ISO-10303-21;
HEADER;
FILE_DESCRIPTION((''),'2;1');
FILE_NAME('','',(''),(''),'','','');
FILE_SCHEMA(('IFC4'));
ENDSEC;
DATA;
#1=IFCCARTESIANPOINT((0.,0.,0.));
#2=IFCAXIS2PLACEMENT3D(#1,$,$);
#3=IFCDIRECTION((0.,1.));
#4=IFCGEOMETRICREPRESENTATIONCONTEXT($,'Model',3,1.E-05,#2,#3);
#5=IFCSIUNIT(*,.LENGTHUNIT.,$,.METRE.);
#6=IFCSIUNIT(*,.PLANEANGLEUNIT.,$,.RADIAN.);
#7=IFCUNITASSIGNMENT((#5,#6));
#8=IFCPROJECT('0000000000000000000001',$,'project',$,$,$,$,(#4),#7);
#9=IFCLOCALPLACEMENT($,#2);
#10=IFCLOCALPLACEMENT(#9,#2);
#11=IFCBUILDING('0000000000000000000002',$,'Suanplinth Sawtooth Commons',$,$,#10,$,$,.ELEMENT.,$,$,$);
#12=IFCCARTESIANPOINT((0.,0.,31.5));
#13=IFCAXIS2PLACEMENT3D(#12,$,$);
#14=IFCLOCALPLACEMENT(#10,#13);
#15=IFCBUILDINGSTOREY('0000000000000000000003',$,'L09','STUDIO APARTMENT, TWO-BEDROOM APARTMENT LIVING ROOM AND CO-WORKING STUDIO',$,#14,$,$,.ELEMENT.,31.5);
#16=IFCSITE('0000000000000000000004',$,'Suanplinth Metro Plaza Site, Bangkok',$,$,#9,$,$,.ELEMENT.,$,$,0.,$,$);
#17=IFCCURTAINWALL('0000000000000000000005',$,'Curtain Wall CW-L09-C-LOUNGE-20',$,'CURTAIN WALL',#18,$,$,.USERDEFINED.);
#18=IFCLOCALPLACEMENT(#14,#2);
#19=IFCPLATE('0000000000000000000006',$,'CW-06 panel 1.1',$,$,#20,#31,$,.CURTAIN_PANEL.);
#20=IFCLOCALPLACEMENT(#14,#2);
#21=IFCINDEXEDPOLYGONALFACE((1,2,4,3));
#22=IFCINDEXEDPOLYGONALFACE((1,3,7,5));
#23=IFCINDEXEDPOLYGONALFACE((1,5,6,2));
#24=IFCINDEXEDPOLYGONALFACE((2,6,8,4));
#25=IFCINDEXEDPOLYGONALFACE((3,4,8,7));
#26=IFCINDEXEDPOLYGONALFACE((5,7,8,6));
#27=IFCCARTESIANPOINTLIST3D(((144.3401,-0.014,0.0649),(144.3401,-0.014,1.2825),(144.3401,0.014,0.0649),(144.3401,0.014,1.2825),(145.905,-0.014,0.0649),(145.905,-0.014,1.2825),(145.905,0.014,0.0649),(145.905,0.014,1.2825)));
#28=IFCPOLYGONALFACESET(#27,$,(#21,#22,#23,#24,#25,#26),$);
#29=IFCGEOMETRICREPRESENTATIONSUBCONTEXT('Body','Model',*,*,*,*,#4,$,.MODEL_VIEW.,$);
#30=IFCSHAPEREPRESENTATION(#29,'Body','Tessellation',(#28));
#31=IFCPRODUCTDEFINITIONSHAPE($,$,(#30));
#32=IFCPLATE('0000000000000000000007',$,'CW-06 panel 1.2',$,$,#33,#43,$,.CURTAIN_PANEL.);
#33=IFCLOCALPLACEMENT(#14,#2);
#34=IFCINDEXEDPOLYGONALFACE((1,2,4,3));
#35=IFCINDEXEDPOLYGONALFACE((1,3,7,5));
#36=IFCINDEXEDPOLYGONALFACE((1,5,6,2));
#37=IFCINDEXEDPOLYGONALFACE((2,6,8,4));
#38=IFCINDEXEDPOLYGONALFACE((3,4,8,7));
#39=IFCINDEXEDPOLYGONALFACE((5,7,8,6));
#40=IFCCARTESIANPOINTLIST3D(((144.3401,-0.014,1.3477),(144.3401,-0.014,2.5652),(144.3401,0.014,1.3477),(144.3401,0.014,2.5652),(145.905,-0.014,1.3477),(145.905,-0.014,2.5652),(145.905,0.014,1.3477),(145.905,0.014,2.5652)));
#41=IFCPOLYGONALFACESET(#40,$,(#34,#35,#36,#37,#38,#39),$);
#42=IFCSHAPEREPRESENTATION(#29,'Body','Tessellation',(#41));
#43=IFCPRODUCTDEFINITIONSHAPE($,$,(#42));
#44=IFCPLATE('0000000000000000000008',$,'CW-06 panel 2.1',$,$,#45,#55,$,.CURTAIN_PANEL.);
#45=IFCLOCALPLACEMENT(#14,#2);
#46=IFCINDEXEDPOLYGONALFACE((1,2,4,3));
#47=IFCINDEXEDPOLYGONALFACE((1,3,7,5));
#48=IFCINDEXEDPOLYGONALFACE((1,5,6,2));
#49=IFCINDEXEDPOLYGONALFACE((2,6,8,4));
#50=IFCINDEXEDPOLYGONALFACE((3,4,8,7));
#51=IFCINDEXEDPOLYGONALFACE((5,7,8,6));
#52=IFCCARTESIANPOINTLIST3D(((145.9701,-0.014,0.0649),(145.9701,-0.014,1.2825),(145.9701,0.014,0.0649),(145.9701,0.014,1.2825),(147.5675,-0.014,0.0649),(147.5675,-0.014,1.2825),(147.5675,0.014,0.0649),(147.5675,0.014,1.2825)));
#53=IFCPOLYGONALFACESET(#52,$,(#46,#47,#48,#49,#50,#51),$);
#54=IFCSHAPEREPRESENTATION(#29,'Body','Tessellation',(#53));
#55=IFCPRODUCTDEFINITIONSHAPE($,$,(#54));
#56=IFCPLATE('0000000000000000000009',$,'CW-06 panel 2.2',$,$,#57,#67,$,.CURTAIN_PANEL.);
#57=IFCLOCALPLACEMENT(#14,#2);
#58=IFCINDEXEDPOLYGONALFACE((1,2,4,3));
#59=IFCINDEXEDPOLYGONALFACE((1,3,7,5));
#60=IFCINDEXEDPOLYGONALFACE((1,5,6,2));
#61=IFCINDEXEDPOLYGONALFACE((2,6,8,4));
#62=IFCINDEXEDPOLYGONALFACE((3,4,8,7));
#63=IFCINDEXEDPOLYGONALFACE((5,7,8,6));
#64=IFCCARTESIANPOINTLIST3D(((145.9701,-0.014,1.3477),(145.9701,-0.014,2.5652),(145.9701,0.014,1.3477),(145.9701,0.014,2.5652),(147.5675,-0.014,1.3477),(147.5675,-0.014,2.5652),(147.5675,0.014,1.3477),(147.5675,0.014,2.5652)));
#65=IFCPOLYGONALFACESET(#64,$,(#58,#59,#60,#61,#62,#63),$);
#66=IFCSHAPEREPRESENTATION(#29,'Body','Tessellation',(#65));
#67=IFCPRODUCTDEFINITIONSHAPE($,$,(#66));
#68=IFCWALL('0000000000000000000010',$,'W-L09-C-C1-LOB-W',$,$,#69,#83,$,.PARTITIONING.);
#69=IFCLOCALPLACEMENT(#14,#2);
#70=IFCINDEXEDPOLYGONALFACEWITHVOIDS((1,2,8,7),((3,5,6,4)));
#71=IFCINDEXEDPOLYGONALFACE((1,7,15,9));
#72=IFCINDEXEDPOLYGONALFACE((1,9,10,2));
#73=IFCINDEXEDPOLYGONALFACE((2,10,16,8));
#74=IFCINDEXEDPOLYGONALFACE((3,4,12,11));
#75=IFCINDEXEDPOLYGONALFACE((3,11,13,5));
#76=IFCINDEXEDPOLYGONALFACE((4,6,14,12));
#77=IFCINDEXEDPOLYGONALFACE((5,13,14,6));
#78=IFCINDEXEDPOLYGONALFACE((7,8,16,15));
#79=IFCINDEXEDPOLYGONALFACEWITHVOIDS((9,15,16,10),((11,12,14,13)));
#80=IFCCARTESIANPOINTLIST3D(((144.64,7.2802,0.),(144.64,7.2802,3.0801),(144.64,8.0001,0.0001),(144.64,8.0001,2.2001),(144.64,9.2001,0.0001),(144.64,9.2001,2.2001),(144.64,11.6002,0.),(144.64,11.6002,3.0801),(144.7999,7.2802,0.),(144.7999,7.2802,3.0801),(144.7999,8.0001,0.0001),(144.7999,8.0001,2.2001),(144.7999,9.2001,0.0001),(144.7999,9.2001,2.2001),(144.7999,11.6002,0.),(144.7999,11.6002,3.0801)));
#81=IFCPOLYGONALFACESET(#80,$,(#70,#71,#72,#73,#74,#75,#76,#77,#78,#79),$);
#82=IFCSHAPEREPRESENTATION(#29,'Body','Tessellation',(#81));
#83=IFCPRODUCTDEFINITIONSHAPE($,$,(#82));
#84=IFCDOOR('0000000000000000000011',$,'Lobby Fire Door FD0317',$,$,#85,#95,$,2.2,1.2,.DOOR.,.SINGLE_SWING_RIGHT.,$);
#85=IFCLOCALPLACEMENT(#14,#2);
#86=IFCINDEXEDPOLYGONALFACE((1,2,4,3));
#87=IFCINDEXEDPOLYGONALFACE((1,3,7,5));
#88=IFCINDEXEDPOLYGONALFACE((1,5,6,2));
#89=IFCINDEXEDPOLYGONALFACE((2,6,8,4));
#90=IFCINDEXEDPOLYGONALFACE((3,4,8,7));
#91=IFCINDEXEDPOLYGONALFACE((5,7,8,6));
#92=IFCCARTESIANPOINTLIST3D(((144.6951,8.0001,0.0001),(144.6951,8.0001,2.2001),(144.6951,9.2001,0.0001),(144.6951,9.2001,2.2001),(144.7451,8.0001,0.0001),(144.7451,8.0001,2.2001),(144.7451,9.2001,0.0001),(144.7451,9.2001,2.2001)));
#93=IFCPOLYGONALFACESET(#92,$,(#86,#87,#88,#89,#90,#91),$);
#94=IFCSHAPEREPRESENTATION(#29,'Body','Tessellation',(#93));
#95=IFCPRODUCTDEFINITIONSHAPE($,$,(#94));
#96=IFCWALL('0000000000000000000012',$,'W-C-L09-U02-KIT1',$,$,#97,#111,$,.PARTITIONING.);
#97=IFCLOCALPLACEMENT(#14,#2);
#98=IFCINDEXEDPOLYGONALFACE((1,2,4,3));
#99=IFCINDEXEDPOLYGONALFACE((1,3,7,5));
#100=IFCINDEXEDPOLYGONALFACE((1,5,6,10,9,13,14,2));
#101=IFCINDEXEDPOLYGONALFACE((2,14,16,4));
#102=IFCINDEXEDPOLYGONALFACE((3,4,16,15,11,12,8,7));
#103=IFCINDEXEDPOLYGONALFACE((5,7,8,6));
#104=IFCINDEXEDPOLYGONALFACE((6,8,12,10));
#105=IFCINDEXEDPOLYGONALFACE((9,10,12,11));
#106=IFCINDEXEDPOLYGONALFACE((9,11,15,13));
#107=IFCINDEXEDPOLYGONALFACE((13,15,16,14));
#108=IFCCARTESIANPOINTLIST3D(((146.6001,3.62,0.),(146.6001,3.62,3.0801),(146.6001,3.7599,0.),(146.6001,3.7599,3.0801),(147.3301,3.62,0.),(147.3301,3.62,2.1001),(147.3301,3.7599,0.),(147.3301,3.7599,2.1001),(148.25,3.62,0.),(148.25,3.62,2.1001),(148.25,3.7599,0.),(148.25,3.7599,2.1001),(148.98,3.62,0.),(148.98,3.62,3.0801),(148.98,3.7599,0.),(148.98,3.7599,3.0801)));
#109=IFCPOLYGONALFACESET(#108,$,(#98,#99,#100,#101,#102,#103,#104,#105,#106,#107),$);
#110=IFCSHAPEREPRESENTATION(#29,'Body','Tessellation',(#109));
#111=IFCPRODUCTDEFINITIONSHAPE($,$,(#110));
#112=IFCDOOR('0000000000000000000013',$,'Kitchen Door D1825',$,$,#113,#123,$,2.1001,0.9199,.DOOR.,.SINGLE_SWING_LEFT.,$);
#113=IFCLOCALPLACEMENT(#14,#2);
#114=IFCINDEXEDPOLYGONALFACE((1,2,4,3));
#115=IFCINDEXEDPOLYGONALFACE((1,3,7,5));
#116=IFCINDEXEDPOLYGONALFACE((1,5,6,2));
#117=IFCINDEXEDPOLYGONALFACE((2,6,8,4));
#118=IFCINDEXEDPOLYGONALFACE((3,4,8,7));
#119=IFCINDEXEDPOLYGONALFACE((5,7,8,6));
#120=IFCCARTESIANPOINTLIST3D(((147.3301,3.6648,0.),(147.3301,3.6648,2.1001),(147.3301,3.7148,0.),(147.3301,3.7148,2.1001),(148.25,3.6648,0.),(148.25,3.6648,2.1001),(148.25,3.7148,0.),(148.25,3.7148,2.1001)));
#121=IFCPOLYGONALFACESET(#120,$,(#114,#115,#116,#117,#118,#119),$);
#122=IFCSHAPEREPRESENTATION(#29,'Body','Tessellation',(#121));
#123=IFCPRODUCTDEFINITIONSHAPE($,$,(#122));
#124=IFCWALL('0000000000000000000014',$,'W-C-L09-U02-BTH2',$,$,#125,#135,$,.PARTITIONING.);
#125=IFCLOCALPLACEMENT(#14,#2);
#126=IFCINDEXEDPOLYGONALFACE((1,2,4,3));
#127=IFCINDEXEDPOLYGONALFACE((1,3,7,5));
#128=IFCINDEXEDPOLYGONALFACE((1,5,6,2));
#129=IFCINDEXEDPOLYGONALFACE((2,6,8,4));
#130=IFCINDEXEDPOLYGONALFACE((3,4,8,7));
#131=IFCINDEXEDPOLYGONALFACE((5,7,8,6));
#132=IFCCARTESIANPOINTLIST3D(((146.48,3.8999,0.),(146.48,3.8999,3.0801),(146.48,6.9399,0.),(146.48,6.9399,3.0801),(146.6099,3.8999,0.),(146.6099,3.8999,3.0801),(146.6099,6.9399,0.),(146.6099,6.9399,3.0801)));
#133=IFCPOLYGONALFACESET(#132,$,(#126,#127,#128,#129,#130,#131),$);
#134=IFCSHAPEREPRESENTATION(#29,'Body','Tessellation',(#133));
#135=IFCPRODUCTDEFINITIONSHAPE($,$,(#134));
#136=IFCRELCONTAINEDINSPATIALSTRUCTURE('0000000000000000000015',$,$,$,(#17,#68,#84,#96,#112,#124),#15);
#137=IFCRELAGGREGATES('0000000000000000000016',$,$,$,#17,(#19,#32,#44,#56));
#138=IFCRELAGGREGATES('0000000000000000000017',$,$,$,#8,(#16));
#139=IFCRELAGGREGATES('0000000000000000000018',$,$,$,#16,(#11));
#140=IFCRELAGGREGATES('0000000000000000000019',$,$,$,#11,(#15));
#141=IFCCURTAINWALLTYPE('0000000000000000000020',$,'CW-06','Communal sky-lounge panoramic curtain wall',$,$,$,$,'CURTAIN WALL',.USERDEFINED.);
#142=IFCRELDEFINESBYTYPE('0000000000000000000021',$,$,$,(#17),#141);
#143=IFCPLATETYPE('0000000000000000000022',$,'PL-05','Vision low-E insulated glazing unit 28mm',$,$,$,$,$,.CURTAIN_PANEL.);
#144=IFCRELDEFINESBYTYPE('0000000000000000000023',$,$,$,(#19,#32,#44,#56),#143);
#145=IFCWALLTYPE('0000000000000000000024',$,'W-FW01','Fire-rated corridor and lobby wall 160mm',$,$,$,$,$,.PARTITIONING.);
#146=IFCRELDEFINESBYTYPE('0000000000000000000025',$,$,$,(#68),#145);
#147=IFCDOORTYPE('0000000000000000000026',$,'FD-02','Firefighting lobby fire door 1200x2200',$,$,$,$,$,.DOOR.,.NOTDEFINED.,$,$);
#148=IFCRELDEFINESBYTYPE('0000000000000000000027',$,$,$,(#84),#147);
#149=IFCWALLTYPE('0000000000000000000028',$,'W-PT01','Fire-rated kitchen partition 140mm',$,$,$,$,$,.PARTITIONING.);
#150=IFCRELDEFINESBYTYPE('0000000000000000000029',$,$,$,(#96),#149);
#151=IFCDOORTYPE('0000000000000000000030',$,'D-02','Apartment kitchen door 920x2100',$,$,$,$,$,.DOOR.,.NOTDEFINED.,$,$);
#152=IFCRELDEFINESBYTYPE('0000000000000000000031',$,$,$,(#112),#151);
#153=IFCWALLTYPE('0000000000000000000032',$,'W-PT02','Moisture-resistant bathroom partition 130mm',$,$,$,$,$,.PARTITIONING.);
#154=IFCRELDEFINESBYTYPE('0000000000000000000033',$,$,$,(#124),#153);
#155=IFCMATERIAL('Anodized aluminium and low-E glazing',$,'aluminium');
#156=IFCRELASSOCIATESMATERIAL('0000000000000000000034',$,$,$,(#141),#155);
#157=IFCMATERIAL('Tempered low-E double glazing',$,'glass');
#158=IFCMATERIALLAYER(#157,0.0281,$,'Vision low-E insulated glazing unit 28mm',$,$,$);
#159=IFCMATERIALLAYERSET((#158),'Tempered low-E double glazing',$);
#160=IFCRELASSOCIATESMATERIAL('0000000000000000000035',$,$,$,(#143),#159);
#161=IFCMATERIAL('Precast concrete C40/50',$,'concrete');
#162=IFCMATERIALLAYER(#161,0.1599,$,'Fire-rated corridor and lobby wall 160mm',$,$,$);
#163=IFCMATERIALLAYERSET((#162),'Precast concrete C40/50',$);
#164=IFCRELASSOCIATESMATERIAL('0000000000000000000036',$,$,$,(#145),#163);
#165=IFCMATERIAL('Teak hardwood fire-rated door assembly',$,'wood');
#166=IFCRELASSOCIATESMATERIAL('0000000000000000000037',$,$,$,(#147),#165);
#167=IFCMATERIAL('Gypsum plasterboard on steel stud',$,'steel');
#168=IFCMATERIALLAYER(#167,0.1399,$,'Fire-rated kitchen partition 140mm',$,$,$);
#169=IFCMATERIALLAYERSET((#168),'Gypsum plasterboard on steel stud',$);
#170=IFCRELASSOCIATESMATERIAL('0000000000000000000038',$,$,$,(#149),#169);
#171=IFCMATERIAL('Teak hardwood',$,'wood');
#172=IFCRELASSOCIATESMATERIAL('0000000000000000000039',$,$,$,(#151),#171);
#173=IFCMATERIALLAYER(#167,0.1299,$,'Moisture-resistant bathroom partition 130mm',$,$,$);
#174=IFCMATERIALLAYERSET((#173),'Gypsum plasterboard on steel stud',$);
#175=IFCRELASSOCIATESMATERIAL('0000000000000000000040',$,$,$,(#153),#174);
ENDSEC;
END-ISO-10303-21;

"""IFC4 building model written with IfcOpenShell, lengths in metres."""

from ifc_helpers import new_model, si_unit, direction, frame, frame_2d, origin, origin_2d, place, context, subcontext, project, spatial, rectangle, extrude, material, layer, layer_set, type_object, element, fill, aggregate, save


model = new_model("IFC4")

# Units and contexts
model_context = context("Model", 3, precision=1e-05, world=origin(), true_north=direction((0.0, 1.0)))
body_context = subcontext(model_context, "Body", "Model", "MODEL_VIEW")
ifc_project = project(units=[si_unit("LENGTHUNIT", "METRE"), si_unit("PLANEANGLEUNIT", "RADIAN")], contexts=[model_context])

# Site, building, storey
site_placement = place(None, origin())
site = spatial("IfcSite", under=ifc_project, at=site_placement, Name="Suanplinth Metro Plaza Site, Bangkok", CompositionType="ELEMENT", RefElevation=0.0)
building_placement = place(site_placement, origin())
building = spatial("IfcBuilding", under=site, at=building_placement, Name="Suanplinth Sawtooth Commons", CompositionType="ELEMENT")
storey_placement = place(building_placement, frame((0.0, 0.0, 31.5)))
storey = spatial("IfcBuildingStorey", under=building, at=storey_placement, Name="L09", Description="STUDIO APARTMENT, TWO-BEDROOM APARTMENT LIVING ROOM AND CO-WORKING STUDIO", CompositionType="ELEMENT", Elevation=31.5)

# Curtain wall, plates
ifc_material_1 = material(Name="Anodized aluminium and low-E glazing", Category="aluminium")
curtain_wall_type = type_object("IfcCurtainWallType", Name="CW-06", Description="Communal sky-lounge panoramic curtain wall", ElementType="CURTAIN WALL", PredefinedType="USERDEFINED", material=ifc_material_1)
curtain_wall_placement = place(storey_placement, origin())
curtain_wall = element("IfcCurtainWall", 1, at=curtain_wall_placement, inside=storey, type_object=curtain_wall_type, Name="Curtain Wall CW-L09-C-LOUNGE-20", ObjectType="CURTAIN WALL", PredefinedType="USERDEFINED")
ifc_material_2 = material(Name="Tempered low-E double glazing", Category="glass")
ifc_layer_1 = layer(ifc_material_2, 0.0281, Name="Vision low-E insulated glazing unit 28mm")
ifc_layer_set_1 = layer_set([ifc_layer_1], Name="Tempered low-E double glazing")
plate_type = type_object("IfcPlateType", Name="PL-05", Description="Vision low-E insulated glazing unit 28mm", PredefinedType="CURTAIN_PANEL", material=ifc_layer_set_1)
plate_1_placement = place(storey_placement, frame((145.1226, 0.0, 0.0649), z_axis=(0.0, 0.0, 1.0), x_axis=(1.0, 0.0, 0.0)))
plate_1 = element("IfcPlate", 2, at=plate_1_placement, type_object=plate_type, Name="CW-06 panel 1.1", PredefinedType="CURTAIN_PANEL", context=body_context, shape_type="SweptSolid", body=[
    extrude(rectangle(XDim=1.5649, YDim=0.0281, at=origin_2d()), origin(), (0.0, 0.0, 1.0), 1.2175),
])
plate_2_placement = place(storey_placement, frame((145.1226, 0.0, 1.3477), z_axis=(0.0, 0.0, 1.0), x_axis=(1.0, 0.0, 0.0)))
plate_2 = element("IfcPlate", 3, at=plate_2_placement, type_object=plate_type, Name="CW-06 panel 1.2", PredefinedType="CURTAIN_PANEL", context=body_context, shape_type="SweptSolid", body=[
    extrude(rectangle(XDim=1.5649, YDim=0.0281, at=origin_2d()), origin(), (0.0, 0.0, 1.0), 1.2175),
])
plate_3_placement = place(storey_placement, frame((146.7688, 0.0, 0.0649), z_axis=(0.0, 0.0, 1.0), x_axis=(1.0, 0.0, 0.0)))
plate_3 = element("IfcPlate", 4, at=plate_3_placement, type_object=plate_type, Name="CW-06 panel 2.1", PredefinedType="CURTAIN_PANEL", context=body_context, shape_type="SweptSolid", body=[
    extrude(rectangle(XDim=1.5974, YDim=0.0281, at=origin_2d()), origin(), (0.0, 0.0, 1.0), 1.2175),
])
plate_4_placement = place(storey_placement, frame((146.7688, 0.0, 1.3477), z_axis=(0.0, 0.0, 1.0), x_axis=(1.0, 0.0, 0.0)))
plate_4 = element("IfcPlate", 5, at=plate_4_placement, type_object=plate_type, Name="CW-06 panel 2.2", PredefinedType="CURTAIN_PANEL", context=body_context, shape_type="SweptSolid", body=[
    extrude(rectangle(XDim=1.5974, YDim=0.0281, at=origin_2d()), origin(), (0.0, 0.0, 1.0), 1.2175),
])
aggregate(curtain_wall, [plate_1, plate_2, plate_3, plate_4])

# Walls, openings, doors
ifc_material_3 = material(Name="Precast concrete C40/50", Category="concrete")
ifc_layer_2 = layer(ifc_material_3, 0.1599, Name="Fire-rated corridor and lobby wall 160mm")
ifc_layer_set_2 = layer_set([ifc_layer_2], Name="Precast concrete C40/50")
wall_type_1 = type_object("IfcWallType", Name="W-FW01", Description="Fire-rated corridor and lobby wall 160mm", PredefinedType="PARTITIONING", material=ifc_layer_set_2)
wall_1_placement = place(storey_placement, frame((144.72, 7.28, 0.0), z_axis=(0.0, 0.0, 1.0), x_axis=(0.0, 1.0, 0.0)))
wall_1 = element("IfcWall", 6, at=wall_1_placement, inside=storey, type_object=wall_type_1, Name="W-L09-C-C1-LOB-W", PredefinedType="PARTITIONING", context=body_context, shape_type="SweptSolid", body=[
    extrude(rectangle(XDim=4.3201, YDim=0.1599, at=frame_2d((2.1602, 0.0))), origin(), (0.0, 0.0, 1.0), 3.0801),
])
opening_1_placement = place(wall_1_placement, frame((0.72, 0.0, 0.0)))
opening_1 = element("IfcOpeningElement", 7, at=opening_1_placement, cuts=wall_1, PredefinedType="OPENING", context=body_context, shape_type="SweptSolid", body=[
    extrude(rectangle(XDim=1.2, YDim=2.2, at=frame_2d((0.6001, 1.1001))), frame((0.0, 0.0947, 0.0), z_axis=(0.0, -1.0, 0.0), x_axis=(1.0, 0.0, 0.0)), (0.0, 0.0, 1.0), 0.1897),
])
ifc_material_4 = material(Name="Teak hardwood fire-rated door assembly", Category="wood")
door_type_1 = type_object("IfcDoorType", Name="FD-02", Description="Firefighting lobby fire door 1200x2200", OperationType="NOTDEFINED", PredefinedType="DOOR", material=ifc_material_4)
door_1_placement = place(opening_1_placement, origin())
door_1 = element("IfcDoor", 8, at=door_1_placement, inside=storey, type_object=door_type_1, Name="Lobby Fire Door FD0317", OperationType="SINGLE_SWING_RIGHT", OverallHeight=2.2, OverallWidth=1.2, PredefinedType="DOOR", context=body_context, shape_type="SweptSolid", body=[
    extrude(rectangle(XDim=1.2, YDim=2.2, at=frame_2d((0.6001, 1.1001))), frame((0.0, 0.0249, 0.0), z_axis=(0.0, -1.0, 0.0), x_axis=(1.0, 0.0, 0.0)), (0.0, 0.0, 1.0), 0.05),
])
fill(opening_1, door_1)
ifc_material_5 = material(Name="Gypsum plasterboard on steel stud", Category="steel")
ifc_layer_3 = layer(ifc_material_5, 0.1399, Name="Fire-rated kitchen partition 140mm")
ifc_layer_set_3 = layer_set([ifc_layer_3], Name="Gypsum plasterboard on steel stud")
wall_type_2 = type_object("IfcWallType", Name="W-PT01", Description="Fire-rated kitchen partition 140mm", PredefinedType="PARTITIONING", material=ifc_layer_set_3)
wall_2_placement = place(storey_placement, frame((146.6001, 3.6899, 0.0), z_axis=(0.0, 0.0, 1.0), x_axis=(1.0, 0.0, 0.0)))
wall_2 = element("IfcWall", 9, at=wall_2_placement, inside=storey, type_object=wall_type_2, Name="W-C-L09-U02-KIT1", PredefinedType="PARTITIONING", context=body_context, shape_type="SweptSolid", body=[
    extrude(rectangle(XDim=2.3799, YDim=0.1399, at=frame_2d((1.1899, 0.0))), origin(), (0.0, 0.0, 1.0), 3.0801),
])
opening_2_placement = place(wall_2_placement, frame((0.73, 0.0, 0.0)))
opening_2 = element("IfcOpeningElement", 10, at=opening_2_placement, cuts=wall_2, PredefinedType="OPENING", context=body_context, shape_type="SweptSolid", body=[
    extrude(rectangle(XDim=0.9199, YDim=2.1001, at=frame_2d((0.46, 1.05))), frame((0.0, 0.085, 0.0), z_axis=(0.0, -1.0, 0.0), x_axis=(1.0, 0.0, 0.0)), (0.0, 0.0, 1.0), 0.1697),
])
ifc_material_6 = material(Name="Teak hardwood", Category="wood")
door_type_2 = type_object("IfcDoorType", Name="D-02", Description="Apartment kitchen door 920x2100", OperationType="NOTDEFINED", PredefinedType="DOOR", material=ifc_material_6)
door_2_placement = place(opening_2_placement, origin())
door_2 = element("IfcDoor", 11, at=door_2_placement, inside=storey, type_object=door_type_2, Name="Kitchen Door D1825", OperationType="SINGLE_SWING_LEFT", OverallHeight=2.1001, OverallWidth=0.9199, PredefinedType="DOOR", context=body_context, shape_type="SweptSolid", body=[
    extrude(rectangle(XDim=0.9199, YDim=2.1001, at=frame_2d((0.46, 1.05))), frame((0.0, 0.0249, 0.0), z_axis=(0.0, -1.0, 0.0), x_axis=(1.0, 0.0, 0.0)), (0.0, 0.0, 1.0), 0.05),
])
fill(opening_2, door_2)

# Wall
ifc_layer_4 = layer(ifc_material_5, 0.1299, Name="Moisture-resistant bathroom partition 130mm")
ifc_layer_set_4 = layer_set([ifc_layer_4], Name="Gypsum plasterboard on steel stud")
wall_type_3 = type_object("IfcWallType", Name="W-PT02", Description="Moisture-resistant bathroom partition 130mm", PredefinedType="PARTITIONING", material=ifc_layer_set_4)
wall_3_placement = place(storey_placement, frame((146.5449, 3.8999, 0.0), z_axis=(0.0, 0.0, 1.0), x_axis=(0.0, 1.0, 0.0)))
element("IfcWall", 12, at=wall_3_placement, inside=storey, type_object=wall_type_3, Name="W-C-L09-U02-BTH2", PredefinedType="PARTITIONING", context=body_context, shape_type="SweptSolid", body=[
    extrude(rectangle(XDim=3.04, YDim=0.1299, at=frame_2d((1.52, 0.0))), origin(), (0.0, 0.0, 1.0), 3.0801),
])

save(model, "model.ifc")
